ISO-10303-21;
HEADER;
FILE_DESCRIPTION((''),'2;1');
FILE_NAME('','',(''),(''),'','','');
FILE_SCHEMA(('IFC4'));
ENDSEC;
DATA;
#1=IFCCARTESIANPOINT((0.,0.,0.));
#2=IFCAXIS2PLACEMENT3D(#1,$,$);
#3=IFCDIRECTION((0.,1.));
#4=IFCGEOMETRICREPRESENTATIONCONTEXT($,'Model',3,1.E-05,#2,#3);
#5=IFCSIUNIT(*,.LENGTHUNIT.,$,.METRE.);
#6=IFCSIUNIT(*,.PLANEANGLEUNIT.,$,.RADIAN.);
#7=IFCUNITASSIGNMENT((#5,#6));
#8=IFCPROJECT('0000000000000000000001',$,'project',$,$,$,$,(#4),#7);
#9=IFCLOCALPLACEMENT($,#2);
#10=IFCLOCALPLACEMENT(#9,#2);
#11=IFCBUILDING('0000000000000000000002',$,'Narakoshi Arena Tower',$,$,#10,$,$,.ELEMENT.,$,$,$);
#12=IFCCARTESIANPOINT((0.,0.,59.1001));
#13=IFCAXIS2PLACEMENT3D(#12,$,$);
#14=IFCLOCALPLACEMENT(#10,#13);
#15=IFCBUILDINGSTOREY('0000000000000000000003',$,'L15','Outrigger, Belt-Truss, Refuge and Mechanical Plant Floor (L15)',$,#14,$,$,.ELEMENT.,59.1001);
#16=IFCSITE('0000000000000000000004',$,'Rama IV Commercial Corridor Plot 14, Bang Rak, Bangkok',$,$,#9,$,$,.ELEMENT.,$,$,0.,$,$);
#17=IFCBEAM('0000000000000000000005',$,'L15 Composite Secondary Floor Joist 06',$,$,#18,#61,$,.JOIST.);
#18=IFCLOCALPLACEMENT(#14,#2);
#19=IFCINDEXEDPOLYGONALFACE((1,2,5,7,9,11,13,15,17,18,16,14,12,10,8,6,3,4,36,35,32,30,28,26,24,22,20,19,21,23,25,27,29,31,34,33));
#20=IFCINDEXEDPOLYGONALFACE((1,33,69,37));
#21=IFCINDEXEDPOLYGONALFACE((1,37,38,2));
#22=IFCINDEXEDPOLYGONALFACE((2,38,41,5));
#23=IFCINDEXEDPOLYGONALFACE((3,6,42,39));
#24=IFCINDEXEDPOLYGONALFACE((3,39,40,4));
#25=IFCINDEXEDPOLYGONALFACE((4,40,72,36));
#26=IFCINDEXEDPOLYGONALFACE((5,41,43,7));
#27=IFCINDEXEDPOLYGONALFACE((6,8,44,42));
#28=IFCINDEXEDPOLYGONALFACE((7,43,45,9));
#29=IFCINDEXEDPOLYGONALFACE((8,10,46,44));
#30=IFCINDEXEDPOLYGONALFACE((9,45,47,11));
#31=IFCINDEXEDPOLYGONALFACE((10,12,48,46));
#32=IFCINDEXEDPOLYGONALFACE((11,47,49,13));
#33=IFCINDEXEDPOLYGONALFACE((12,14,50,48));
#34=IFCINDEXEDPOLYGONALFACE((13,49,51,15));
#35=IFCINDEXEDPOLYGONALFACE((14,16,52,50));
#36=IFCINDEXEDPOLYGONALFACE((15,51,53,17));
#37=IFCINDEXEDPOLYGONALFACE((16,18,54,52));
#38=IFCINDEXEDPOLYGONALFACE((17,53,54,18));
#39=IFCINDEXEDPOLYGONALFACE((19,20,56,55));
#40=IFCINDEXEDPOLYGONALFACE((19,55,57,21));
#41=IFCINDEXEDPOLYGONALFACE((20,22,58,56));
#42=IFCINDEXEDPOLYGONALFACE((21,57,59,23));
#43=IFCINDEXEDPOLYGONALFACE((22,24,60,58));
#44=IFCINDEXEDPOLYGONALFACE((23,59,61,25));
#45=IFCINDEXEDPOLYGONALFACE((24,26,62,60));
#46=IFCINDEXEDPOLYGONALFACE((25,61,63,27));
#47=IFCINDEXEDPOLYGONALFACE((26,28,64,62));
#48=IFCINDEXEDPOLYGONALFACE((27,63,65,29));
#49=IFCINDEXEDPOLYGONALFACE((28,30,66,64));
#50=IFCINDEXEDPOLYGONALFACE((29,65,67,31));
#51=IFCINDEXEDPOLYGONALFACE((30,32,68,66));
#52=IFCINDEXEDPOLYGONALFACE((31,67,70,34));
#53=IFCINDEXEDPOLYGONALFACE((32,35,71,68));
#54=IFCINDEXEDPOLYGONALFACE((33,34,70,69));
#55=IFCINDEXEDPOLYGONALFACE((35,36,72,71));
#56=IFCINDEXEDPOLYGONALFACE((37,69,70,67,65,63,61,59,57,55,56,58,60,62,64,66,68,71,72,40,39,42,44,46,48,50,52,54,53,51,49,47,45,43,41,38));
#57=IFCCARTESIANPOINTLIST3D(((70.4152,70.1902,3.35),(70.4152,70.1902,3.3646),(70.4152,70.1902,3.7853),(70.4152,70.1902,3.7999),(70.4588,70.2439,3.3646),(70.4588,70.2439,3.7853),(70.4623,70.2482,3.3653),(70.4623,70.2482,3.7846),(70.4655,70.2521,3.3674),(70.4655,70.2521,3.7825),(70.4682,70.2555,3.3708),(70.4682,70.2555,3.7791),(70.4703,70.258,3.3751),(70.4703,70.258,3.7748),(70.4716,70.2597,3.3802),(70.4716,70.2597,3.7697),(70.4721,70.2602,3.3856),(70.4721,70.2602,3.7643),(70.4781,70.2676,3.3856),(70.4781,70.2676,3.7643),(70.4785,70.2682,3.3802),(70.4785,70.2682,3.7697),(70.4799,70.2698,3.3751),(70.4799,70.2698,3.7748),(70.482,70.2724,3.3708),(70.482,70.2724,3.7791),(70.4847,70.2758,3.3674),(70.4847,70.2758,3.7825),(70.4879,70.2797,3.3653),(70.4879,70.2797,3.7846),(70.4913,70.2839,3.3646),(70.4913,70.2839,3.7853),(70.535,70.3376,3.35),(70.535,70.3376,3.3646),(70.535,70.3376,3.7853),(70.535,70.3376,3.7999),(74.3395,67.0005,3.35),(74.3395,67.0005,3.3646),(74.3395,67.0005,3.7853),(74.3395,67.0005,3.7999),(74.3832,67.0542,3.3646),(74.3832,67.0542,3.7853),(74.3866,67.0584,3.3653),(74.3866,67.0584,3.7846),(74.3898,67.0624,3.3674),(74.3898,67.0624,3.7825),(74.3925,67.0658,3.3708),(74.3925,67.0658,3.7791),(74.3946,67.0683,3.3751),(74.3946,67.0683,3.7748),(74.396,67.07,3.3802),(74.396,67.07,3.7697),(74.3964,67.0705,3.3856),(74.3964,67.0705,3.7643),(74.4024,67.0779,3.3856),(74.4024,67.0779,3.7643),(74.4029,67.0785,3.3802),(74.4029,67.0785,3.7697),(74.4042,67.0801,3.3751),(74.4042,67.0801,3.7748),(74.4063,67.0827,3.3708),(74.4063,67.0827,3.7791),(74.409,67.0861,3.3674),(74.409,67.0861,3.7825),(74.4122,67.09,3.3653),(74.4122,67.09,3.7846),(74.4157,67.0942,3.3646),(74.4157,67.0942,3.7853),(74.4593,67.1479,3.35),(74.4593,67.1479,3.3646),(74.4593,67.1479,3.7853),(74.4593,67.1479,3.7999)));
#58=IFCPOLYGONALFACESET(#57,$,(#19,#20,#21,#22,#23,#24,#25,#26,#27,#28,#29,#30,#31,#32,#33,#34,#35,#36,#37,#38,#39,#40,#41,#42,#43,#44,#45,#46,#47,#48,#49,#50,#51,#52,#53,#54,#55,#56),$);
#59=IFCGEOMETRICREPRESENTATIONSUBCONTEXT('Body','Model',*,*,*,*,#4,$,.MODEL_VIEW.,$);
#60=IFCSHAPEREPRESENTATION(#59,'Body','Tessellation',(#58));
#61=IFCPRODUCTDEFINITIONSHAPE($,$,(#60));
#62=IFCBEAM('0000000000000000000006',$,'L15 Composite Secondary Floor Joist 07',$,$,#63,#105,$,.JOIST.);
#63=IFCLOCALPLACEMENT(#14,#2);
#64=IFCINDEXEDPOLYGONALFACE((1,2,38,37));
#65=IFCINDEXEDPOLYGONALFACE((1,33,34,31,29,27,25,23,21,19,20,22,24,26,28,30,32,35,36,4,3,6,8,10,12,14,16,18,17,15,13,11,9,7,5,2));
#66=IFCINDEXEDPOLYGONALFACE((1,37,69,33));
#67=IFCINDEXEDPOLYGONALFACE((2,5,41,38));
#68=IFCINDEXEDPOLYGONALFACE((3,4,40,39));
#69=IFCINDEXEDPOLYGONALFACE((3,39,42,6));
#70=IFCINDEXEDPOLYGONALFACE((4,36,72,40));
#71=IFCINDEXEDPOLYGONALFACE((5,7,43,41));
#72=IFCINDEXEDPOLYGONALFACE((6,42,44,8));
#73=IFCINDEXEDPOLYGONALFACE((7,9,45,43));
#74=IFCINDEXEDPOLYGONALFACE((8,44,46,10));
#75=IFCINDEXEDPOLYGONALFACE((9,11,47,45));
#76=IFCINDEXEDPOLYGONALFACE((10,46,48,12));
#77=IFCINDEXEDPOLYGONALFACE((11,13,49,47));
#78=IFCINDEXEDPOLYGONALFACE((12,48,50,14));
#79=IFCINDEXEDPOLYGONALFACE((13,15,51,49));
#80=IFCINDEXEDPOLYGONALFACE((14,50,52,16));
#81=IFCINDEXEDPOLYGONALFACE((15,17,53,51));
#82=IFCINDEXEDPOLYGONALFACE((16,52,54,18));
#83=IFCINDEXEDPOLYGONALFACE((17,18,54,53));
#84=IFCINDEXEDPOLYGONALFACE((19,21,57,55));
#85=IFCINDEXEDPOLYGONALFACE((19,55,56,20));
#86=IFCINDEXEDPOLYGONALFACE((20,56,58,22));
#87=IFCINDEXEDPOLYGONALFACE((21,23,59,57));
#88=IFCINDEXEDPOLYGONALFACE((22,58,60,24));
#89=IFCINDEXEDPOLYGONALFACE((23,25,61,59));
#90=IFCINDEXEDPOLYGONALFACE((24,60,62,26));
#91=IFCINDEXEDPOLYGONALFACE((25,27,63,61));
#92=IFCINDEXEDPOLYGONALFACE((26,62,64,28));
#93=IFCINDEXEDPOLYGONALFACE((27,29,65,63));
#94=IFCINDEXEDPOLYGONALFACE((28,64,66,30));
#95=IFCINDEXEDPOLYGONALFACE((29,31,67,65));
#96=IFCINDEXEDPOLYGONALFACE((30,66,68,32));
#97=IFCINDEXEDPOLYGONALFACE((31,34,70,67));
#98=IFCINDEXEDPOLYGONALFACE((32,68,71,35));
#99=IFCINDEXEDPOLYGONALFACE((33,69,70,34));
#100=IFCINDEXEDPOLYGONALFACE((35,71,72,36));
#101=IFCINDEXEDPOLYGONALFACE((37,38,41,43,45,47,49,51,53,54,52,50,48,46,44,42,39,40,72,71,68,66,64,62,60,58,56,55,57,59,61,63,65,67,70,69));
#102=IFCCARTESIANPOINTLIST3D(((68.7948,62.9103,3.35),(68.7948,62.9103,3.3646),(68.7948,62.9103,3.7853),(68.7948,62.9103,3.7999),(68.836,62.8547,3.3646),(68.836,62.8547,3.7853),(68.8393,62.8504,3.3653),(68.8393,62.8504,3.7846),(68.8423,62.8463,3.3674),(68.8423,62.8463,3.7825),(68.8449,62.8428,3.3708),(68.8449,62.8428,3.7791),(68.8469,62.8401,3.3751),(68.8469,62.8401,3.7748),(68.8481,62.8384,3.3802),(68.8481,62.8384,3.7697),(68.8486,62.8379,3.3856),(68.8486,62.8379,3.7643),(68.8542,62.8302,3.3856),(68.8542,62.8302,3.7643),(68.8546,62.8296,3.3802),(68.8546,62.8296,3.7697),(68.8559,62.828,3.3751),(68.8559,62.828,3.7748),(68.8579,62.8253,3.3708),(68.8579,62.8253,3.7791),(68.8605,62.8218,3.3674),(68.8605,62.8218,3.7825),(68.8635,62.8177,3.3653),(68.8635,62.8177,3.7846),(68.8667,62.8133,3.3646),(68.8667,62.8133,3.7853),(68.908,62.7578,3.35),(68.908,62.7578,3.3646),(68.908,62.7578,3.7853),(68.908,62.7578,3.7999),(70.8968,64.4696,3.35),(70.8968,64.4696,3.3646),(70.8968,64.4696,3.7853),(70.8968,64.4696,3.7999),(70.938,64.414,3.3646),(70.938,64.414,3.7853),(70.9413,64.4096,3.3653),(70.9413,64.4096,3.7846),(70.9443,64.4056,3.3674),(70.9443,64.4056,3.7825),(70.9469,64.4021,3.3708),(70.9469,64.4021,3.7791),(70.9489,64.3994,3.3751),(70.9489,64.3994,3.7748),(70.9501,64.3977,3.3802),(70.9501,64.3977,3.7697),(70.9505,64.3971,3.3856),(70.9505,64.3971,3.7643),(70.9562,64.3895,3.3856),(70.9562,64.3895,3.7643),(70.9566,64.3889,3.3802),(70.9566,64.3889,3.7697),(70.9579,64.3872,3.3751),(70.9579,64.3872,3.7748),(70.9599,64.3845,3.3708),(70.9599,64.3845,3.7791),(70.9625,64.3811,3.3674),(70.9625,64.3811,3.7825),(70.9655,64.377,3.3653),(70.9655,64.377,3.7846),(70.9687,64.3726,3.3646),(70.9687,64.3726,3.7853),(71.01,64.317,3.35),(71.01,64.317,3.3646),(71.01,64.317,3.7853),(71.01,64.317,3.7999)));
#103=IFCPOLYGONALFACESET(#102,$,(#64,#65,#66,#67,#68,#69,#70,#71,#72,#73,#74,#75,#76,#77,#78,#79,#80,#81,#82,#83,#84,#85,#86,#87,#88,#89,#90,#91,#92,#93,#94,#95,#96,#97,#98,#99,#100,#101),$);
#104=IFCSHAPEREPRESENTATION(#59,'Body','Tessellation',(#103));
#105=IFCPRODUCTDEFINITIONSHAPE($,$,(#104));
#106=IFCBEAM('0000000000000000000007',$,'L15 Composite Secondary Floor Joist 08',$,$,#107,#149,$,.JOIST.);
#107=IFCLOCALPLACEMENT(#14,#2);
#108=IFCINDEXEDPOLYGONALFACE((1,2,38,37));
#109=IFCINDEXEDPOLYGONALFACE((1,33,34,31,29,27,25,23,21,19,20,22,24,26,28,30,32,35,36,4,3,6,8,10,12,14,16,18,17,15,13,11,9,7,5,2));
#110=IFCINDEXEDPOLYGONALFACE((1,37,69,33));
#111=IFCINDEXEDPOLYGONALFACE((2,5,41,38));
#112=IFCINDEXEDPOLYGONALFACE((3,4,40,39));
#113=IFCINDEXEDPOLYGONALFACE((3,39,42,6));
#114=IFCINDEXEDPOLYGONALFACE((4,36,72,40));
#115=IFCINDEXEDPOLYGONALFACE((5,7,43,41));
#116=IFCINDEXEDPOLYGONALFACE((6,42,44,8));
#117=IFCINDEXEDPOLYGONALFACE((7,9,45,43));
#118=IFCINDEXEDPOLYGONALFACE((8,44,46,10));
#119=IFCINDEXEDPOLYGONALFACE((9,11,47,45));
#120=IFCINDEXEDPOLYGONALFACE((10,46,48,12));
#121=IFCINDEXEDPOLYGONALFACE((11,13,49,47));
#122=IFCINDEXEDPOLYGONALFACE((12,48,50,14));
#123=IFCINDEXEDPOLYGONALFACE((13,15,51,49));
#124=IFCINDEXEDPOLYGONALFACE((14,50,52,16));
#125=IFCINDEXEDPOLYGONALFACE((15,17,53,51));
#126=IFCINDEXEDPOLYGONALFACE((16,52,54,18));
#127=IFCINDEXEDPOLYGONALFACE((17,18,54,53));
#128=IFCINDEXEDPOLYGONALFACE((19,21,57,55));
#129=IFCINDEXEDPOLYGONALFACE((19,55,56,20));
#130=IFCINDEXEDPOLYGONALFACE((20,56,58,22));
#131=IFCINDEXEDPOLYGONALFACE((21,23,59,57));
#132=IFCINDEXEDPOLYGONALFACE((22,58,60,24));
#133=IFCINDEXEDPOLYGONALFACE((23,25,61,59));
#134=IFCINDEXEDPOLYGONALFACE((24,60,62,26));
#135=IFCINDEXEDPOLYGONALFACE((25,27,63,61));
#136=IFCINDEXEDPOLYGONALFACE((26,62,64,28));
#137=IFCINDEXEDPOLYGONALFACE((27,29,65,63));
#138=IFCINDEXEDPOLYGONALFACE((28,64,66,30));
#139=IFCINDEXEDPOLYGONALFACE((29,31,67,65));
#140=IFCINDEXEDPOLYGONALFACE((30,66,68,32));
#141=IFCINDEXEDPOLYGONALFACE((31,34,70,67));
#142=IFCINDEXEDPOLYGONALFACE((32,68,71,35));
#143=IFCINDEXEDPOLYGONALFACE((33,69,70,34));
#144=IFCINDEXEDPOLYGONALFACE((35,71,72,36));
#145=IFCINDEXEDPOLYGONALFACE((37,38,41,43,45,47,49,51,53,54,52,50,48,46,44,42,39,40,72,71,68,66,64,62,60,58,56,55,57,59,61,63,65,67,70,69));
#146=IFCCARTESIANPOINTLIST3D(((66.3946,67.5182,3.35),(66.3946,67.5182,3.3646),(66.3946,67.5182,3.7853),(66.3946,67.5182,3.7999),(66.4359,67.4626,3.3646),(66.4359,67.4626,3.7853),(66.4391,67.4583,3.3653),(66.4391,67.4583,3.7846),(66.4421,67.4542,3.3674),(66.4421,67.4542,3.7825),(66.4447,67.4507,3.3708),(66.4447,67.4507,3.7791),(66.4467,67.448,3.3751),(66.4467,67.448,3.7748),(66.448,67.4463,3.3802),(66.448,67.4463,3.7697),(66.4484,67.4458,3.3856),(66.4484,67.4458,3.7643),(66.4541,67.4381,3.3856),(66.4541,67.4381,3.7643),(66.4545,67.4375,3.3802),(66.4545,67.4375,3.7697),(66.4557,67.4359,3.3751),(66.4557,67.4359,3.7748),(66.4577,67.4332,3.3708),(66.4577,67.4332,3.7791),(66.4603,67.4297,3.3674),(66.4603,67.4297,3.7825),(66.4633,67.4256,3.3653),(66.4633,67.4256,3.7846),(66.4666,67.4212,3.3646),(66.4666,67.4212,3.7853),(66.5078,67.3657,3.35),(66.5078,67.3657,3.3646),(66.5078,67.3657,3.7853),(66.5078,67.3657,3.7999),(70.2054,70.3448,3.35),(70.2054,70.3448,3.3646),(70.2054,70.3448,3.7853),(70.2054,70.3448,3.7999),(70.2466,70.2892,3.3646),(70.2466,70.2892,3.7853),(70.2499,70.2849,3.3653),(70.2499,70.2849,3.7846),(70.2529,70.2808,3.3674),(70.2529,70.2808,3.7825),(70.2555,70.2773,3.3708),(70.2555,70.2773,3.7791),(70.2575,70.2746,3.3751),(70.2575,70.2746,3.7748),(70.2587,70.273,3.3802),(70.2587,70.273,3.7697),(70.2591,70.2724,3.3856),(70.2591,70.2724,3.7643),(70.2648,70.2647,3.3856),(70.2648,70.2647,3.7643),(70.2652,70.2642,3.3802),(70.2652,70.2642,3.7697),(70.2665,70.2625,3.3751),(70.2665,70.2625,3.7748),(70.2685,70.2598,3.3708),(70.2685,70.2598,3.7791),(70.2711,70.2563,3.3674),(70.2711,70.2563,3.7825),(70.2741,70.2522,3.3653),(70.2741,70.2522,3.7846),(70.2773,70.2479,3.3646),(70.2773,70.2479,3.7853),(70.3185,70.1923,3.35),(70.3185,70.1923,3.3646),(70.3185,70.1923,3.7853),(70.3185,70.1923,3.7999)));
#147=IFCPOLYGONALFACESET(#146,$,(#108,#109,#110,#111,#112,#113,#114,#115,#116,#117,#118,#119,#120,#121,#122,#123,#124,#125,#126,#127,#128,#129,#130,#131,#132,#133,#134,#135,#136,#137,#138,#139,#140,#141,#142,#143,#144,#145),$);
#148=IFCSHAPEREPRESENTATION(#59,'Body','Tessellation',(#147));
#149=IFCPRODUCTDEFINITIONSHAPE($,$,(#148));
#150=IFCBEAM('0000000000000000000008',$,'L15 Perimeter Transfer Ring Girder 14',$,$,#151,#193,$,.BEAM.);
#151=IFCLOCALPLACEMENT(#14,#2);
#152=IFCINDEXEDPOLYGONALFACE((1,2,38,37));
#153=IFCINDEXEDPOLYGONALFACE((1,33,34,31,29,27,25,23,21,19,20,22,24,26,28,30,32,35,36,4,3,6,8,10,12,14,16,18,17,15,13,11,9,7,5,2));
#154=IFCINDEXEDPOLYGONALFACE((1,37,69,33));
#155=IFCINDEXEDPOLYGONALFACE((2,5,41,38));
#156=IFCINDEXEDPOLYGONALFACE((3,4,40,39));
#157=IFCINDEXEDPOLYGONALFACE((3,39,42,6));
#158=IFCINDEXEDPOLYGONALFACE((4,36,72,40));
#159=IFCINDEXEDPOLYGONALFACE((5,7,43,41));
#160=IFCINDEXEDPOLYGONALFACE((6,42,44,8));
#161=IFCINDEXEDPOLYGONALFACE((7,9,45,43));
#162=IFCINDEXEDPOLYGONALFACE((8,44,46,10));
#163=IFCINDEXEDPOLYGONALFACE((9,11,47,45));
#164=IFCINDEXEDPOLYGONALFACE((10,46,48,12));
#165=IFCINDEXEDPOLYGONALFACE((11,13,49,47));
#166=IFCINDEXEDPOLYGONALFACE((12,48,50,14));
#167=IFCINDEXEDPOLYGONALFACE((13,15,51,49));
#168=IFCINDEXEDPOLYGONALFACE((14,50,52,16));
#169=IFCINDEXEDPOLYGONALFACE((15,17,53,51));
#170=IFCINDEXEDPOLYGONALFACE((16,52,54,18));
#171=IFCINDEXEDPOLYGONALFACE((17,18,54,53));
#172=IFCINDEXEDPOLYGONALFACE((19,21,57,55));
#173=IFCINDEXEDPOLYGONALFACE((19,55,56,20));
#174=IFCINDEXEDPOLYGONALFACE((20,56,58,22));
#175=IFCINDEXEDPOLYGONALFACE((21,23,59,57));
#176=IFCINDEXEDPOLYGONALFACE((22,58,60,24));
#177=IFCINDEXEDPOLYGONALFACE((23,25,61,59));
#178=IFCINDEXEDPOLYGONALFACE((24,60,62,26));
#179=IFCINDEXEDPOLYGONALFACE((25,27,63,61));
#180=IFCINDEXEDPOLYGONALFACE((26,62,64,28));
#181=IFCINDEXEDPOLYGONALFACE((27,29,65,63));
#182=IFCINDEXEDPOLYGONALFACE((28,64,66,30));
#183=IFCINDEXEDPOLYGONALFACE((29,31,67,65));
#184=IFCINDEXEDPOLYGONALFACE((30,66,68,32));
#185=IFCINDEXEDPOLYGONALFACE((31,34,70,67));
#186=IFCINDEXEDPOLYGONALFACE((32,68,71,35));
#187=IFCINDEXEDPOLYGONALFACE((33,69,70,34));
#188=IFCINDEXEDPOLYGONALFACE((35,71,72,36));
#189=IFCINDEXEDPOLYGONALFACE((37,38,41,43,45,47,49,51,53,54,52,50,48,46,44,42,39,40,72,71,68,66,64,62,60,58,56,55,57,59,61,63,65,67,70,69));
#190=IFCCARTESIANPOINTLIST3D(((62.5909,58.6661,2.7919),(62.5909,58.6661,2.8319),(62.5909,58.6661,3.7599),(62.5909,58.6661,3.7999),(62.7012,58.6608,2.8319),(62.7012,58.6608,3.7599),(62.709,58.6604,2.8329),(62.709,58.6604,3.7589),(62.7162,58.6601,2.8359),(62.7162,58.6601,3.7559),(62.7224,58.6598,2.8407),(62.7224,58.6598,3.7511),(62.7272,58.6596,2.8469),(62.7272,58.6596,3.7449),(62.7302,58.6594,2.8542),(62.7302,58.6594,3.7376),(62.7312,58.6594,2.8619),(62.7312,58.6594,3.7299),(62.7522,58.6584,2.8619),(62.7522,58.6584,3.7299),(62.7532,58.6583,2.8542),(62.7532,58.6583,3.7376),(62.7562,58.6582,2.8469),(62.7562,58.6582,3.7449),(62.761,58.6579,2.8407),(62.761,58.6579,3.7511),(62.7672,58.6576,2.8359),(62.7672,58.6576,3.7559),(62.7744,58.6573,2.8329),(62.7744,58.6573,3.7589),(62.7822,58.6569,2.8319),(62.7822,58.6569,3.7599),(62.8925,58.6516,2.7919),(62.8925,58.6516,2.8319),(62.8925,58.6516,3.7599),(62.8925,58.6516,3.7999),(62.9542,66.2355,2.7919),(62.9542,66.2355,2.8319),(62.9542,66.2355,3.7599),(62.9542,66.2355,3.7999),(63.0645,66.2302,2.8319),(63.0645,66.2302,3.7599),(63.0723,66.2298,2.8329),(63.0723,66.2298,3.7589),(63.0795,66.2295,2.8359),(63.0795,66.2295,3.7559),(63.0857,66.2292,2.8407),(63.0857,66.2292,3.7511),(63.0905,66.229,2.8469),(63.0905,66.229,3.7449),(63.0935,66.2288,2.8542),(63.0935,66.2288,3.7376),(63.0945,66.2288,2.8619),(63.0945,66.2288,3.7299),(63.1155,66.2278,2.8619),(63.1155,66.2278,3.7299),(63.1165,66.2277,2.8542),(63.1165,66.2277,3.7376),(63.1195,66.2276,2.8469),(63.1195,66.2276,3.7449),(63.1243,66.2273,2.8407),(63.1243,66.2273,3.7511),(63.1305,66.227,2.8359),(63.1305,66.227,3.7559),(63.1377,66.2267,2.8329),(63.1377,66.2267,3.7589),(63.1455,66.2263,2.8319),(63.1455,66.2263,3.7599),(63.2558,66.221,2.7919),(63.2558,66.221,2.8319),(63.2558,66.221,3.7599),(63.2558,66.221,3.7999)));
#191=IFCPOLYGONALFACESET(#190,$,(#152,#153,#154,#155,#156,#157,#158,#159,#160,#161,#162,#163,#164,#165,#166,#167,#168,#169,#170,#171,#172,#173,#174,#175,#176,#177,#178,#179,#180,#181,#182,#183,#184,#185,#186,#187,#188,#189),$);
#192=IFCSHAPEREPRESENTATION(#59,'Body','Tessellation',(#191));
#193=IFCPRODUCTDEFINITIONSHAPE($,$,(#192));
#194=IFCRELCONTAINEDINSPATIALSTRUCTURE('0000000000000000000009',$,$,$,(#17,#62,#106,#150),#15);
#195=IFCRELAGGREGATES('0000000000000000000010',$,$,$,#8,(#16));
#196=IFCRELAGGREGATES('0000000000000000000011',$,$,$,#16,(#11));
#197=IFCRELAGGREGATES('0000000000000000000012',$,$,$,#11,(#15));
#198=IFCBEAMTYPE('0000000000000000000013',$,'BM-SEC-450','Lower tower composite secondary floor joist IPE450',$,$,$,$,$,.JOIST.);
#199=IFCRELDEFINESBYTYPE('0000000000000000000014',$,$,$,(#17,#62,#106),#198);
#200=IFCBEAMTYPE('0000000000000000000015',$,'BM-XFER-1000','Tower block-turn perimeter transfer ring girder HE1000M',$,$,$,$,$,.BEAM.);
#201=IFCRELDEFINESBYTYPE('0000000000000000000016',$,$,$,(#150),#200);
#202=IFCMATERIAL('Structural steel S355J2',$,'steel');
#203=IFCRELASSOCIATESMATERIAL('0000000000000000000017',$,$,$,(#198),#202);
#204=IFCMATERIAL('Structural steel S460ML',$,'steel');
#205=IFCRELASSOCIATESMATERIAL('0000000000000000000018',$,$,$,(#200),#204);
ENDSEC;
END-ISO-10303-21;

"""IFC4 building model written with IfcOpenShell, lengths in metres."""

from ifc_helpers import new_model, si_unit, direction, frame, origin, origin_2d, place, context, subcontext, project, spatial, i_section, extrude, material, material_profile, profile_set, type_object, element, save


model = new_model("IFC4")

# Units and contexts
model_context = context("Model", 3, precision=1e-05, world=origin(), true_north=direction((0.0, 1.0)))
body_context = subcontext(model_context, "Body", "Model", "MODEL_VIEW")
ifc_project = project(units=[si_unit("LENGTHUNIT", "METRE"), si_unit("PLANEANGLEUNIT", "RADIAN")], contexts=[model_context])

# Site, building, storey
site_placement = place(None, origin())
site = spatial("IfcSite", under=ifc_project, at=site_placement, Name="Rama IV Commercial Corridor Plot 14, Bang Rak, Bangkok", CompositionType="ELEMENT", RefElevation=0.0)
building_placement = place(site_placement, origin())
building = spatial("IfcBuilding", under=site, at=building_placement, Name="Narakoshi Arena Tower", CompositionType="ELEMENT")
storey_placement = place(building_placement, frame((0.0, 0.0, 59.1001)))
storey = spatial("IfcBuildingStorey", under=building, at=storey_placement, Name="L15", Description="Outrigger, Belt-Truss, Refuge and Mechanical Plant Floor (L15)", CompositionType="ELEMENT", Elevation=59.1001)

# Shared definitions
ifc_material_1 = material(Name="Structural steel S460ML", Category="steel")

# Beams
ifc_material_2 = material(Name="Structural steel S355J2", Category="steel")
ifc_material_profile_1 = material_profile(ifc_material_2, i_section(OverallWidth=0.1899, OverallDepth=0.45, WebThickness=0.0095, FlangeThickness=0.0146, FilletRadius=0.021, at=origin_2d()), Name="IPE450")
ifc_profile_set_1 = profile_set([ifc_material_profile_1], Name="Structural steel S355J2")
beam_type_1 = type_object("IfcBeamType", Name="BM-SEC-450", Description="Lower tower composite secondary floor joist IPE450", PredefinedType="JOIST", material=ifc_profile_set_1)
beam_1_placement = place(storey_placement, frame((74.3994, 67.0742, 3.575), z_axis=(-0.775999, 0.630734, 0.0), x_axis=(-0.630734, -0.775999, 0.0)))
element("IfcBeam", 1, at=beam_1_placement, inside=storey, type_object=beam_type_1, Name="L15 Composite Secondary Floor Joist 06", PredefinedType="JOIST", context=body_context, shape_type="SweptSolid", body=[
    extrude(i_section(OverallWidth=0.1899, OverallDepth=0.45, WebThickness=0.0095, FlangeThickness=0.0146, FilletRadius=0.021, at=origin_2d()), origin(), (0.0, 0.0, 1.0), 5.0571),
])
beam_2_placement = place(storey_placement, frame((70.9534, 64.3933, 3.575), z_axis=(-0.803146, -0.595783, 0.0), x_axis=(0.595783, -0.803146, 0.0)))
element("IfcBeam", 2, at=beam_2_placement, inside=storey, type_object=beam_type_1, Name="L15 Composite Secondary Floor Joist 07", PredefinedType="JOIST", context=body_context, shape_type="SweptSolid", body=[
    extrude(i_section(OverallWidth=0.1899, OverallDepth=0.45, WebThickness=0.0095, FlangeThickness=0.0146, FilletRadius=0.021, at=origin_2d()), origin(), (0.0, 0.0, 1.0), 2.6172),
])
beam_3_placement = place(storey_placement, frame((70.262, 70.2686, 3.575), z_axis=(-0.803169, -0.595752, 0.0), x_axis=(0.595752, -0.803169, 0.0)))
element("IfcBeam", 3, at=beam_3_placement, inside=storey, type_object=beam_type_1, Name="L15 Composite Secondary Floor Joist 08", PredefinedType="JOIST", context=body_context, shape_type="SweptSolid", body=[
    extrude(i_section(OverallWidth=0.1899, OverallDepth=0.45, WebThickness=0.0095, FlangeThickness=0.0146, FilletRadius=0.021, at=origin_2d()), origin(), (0.0, 0.0, 1.0), 4.7446),
])
ifc_material_profile_2 = material_profile(ifc_material_1, i_section(OverallWidth=0.302, OverallDepth=1.0081, WebThickness=0.021, FlangeThickness=0.04, FilletRadius=0.03, at=origin_2d()), Name="HE1000M")
ifc_profile_set_2 = profile_set([ifc_material_profile_2], Name="Structural steel S460ML")
beam_type_2 = type_object("IfcBeamType", Name="BM-XFER-1000", Description="Tower block-turn perimeter transfer ring girder HE1000M", PredefinedType="BEAM", material=ifc_profile_set_2)
beam_4_placement = place(storey_placement, frame((63.105, 66.2283, 3.2959), z_axis=(-0.047939, -0.99885, 0.0), x_axis=(0.99885, -0.047939, 0.0)))
element("IfcBeam", 4, at=beam_4_placement, inside=storey, type_object=beam_type_2, Name="L15 Perimeter Transfer Ring Girder 14", PredefinedType="BEAM", context=body_context, shape_type="SweptSolid", body=[
    extrude(i_section(OverallWidth=0.302, OverallDepth=1.0081, WebThickness=0.021, FlangeThickness=0.04, FilletRadius=0.03, at=origin_2d()), origin(), (0.0, 0.0, 1.0), 7.5781),
])

save(model, "model.ifc")
